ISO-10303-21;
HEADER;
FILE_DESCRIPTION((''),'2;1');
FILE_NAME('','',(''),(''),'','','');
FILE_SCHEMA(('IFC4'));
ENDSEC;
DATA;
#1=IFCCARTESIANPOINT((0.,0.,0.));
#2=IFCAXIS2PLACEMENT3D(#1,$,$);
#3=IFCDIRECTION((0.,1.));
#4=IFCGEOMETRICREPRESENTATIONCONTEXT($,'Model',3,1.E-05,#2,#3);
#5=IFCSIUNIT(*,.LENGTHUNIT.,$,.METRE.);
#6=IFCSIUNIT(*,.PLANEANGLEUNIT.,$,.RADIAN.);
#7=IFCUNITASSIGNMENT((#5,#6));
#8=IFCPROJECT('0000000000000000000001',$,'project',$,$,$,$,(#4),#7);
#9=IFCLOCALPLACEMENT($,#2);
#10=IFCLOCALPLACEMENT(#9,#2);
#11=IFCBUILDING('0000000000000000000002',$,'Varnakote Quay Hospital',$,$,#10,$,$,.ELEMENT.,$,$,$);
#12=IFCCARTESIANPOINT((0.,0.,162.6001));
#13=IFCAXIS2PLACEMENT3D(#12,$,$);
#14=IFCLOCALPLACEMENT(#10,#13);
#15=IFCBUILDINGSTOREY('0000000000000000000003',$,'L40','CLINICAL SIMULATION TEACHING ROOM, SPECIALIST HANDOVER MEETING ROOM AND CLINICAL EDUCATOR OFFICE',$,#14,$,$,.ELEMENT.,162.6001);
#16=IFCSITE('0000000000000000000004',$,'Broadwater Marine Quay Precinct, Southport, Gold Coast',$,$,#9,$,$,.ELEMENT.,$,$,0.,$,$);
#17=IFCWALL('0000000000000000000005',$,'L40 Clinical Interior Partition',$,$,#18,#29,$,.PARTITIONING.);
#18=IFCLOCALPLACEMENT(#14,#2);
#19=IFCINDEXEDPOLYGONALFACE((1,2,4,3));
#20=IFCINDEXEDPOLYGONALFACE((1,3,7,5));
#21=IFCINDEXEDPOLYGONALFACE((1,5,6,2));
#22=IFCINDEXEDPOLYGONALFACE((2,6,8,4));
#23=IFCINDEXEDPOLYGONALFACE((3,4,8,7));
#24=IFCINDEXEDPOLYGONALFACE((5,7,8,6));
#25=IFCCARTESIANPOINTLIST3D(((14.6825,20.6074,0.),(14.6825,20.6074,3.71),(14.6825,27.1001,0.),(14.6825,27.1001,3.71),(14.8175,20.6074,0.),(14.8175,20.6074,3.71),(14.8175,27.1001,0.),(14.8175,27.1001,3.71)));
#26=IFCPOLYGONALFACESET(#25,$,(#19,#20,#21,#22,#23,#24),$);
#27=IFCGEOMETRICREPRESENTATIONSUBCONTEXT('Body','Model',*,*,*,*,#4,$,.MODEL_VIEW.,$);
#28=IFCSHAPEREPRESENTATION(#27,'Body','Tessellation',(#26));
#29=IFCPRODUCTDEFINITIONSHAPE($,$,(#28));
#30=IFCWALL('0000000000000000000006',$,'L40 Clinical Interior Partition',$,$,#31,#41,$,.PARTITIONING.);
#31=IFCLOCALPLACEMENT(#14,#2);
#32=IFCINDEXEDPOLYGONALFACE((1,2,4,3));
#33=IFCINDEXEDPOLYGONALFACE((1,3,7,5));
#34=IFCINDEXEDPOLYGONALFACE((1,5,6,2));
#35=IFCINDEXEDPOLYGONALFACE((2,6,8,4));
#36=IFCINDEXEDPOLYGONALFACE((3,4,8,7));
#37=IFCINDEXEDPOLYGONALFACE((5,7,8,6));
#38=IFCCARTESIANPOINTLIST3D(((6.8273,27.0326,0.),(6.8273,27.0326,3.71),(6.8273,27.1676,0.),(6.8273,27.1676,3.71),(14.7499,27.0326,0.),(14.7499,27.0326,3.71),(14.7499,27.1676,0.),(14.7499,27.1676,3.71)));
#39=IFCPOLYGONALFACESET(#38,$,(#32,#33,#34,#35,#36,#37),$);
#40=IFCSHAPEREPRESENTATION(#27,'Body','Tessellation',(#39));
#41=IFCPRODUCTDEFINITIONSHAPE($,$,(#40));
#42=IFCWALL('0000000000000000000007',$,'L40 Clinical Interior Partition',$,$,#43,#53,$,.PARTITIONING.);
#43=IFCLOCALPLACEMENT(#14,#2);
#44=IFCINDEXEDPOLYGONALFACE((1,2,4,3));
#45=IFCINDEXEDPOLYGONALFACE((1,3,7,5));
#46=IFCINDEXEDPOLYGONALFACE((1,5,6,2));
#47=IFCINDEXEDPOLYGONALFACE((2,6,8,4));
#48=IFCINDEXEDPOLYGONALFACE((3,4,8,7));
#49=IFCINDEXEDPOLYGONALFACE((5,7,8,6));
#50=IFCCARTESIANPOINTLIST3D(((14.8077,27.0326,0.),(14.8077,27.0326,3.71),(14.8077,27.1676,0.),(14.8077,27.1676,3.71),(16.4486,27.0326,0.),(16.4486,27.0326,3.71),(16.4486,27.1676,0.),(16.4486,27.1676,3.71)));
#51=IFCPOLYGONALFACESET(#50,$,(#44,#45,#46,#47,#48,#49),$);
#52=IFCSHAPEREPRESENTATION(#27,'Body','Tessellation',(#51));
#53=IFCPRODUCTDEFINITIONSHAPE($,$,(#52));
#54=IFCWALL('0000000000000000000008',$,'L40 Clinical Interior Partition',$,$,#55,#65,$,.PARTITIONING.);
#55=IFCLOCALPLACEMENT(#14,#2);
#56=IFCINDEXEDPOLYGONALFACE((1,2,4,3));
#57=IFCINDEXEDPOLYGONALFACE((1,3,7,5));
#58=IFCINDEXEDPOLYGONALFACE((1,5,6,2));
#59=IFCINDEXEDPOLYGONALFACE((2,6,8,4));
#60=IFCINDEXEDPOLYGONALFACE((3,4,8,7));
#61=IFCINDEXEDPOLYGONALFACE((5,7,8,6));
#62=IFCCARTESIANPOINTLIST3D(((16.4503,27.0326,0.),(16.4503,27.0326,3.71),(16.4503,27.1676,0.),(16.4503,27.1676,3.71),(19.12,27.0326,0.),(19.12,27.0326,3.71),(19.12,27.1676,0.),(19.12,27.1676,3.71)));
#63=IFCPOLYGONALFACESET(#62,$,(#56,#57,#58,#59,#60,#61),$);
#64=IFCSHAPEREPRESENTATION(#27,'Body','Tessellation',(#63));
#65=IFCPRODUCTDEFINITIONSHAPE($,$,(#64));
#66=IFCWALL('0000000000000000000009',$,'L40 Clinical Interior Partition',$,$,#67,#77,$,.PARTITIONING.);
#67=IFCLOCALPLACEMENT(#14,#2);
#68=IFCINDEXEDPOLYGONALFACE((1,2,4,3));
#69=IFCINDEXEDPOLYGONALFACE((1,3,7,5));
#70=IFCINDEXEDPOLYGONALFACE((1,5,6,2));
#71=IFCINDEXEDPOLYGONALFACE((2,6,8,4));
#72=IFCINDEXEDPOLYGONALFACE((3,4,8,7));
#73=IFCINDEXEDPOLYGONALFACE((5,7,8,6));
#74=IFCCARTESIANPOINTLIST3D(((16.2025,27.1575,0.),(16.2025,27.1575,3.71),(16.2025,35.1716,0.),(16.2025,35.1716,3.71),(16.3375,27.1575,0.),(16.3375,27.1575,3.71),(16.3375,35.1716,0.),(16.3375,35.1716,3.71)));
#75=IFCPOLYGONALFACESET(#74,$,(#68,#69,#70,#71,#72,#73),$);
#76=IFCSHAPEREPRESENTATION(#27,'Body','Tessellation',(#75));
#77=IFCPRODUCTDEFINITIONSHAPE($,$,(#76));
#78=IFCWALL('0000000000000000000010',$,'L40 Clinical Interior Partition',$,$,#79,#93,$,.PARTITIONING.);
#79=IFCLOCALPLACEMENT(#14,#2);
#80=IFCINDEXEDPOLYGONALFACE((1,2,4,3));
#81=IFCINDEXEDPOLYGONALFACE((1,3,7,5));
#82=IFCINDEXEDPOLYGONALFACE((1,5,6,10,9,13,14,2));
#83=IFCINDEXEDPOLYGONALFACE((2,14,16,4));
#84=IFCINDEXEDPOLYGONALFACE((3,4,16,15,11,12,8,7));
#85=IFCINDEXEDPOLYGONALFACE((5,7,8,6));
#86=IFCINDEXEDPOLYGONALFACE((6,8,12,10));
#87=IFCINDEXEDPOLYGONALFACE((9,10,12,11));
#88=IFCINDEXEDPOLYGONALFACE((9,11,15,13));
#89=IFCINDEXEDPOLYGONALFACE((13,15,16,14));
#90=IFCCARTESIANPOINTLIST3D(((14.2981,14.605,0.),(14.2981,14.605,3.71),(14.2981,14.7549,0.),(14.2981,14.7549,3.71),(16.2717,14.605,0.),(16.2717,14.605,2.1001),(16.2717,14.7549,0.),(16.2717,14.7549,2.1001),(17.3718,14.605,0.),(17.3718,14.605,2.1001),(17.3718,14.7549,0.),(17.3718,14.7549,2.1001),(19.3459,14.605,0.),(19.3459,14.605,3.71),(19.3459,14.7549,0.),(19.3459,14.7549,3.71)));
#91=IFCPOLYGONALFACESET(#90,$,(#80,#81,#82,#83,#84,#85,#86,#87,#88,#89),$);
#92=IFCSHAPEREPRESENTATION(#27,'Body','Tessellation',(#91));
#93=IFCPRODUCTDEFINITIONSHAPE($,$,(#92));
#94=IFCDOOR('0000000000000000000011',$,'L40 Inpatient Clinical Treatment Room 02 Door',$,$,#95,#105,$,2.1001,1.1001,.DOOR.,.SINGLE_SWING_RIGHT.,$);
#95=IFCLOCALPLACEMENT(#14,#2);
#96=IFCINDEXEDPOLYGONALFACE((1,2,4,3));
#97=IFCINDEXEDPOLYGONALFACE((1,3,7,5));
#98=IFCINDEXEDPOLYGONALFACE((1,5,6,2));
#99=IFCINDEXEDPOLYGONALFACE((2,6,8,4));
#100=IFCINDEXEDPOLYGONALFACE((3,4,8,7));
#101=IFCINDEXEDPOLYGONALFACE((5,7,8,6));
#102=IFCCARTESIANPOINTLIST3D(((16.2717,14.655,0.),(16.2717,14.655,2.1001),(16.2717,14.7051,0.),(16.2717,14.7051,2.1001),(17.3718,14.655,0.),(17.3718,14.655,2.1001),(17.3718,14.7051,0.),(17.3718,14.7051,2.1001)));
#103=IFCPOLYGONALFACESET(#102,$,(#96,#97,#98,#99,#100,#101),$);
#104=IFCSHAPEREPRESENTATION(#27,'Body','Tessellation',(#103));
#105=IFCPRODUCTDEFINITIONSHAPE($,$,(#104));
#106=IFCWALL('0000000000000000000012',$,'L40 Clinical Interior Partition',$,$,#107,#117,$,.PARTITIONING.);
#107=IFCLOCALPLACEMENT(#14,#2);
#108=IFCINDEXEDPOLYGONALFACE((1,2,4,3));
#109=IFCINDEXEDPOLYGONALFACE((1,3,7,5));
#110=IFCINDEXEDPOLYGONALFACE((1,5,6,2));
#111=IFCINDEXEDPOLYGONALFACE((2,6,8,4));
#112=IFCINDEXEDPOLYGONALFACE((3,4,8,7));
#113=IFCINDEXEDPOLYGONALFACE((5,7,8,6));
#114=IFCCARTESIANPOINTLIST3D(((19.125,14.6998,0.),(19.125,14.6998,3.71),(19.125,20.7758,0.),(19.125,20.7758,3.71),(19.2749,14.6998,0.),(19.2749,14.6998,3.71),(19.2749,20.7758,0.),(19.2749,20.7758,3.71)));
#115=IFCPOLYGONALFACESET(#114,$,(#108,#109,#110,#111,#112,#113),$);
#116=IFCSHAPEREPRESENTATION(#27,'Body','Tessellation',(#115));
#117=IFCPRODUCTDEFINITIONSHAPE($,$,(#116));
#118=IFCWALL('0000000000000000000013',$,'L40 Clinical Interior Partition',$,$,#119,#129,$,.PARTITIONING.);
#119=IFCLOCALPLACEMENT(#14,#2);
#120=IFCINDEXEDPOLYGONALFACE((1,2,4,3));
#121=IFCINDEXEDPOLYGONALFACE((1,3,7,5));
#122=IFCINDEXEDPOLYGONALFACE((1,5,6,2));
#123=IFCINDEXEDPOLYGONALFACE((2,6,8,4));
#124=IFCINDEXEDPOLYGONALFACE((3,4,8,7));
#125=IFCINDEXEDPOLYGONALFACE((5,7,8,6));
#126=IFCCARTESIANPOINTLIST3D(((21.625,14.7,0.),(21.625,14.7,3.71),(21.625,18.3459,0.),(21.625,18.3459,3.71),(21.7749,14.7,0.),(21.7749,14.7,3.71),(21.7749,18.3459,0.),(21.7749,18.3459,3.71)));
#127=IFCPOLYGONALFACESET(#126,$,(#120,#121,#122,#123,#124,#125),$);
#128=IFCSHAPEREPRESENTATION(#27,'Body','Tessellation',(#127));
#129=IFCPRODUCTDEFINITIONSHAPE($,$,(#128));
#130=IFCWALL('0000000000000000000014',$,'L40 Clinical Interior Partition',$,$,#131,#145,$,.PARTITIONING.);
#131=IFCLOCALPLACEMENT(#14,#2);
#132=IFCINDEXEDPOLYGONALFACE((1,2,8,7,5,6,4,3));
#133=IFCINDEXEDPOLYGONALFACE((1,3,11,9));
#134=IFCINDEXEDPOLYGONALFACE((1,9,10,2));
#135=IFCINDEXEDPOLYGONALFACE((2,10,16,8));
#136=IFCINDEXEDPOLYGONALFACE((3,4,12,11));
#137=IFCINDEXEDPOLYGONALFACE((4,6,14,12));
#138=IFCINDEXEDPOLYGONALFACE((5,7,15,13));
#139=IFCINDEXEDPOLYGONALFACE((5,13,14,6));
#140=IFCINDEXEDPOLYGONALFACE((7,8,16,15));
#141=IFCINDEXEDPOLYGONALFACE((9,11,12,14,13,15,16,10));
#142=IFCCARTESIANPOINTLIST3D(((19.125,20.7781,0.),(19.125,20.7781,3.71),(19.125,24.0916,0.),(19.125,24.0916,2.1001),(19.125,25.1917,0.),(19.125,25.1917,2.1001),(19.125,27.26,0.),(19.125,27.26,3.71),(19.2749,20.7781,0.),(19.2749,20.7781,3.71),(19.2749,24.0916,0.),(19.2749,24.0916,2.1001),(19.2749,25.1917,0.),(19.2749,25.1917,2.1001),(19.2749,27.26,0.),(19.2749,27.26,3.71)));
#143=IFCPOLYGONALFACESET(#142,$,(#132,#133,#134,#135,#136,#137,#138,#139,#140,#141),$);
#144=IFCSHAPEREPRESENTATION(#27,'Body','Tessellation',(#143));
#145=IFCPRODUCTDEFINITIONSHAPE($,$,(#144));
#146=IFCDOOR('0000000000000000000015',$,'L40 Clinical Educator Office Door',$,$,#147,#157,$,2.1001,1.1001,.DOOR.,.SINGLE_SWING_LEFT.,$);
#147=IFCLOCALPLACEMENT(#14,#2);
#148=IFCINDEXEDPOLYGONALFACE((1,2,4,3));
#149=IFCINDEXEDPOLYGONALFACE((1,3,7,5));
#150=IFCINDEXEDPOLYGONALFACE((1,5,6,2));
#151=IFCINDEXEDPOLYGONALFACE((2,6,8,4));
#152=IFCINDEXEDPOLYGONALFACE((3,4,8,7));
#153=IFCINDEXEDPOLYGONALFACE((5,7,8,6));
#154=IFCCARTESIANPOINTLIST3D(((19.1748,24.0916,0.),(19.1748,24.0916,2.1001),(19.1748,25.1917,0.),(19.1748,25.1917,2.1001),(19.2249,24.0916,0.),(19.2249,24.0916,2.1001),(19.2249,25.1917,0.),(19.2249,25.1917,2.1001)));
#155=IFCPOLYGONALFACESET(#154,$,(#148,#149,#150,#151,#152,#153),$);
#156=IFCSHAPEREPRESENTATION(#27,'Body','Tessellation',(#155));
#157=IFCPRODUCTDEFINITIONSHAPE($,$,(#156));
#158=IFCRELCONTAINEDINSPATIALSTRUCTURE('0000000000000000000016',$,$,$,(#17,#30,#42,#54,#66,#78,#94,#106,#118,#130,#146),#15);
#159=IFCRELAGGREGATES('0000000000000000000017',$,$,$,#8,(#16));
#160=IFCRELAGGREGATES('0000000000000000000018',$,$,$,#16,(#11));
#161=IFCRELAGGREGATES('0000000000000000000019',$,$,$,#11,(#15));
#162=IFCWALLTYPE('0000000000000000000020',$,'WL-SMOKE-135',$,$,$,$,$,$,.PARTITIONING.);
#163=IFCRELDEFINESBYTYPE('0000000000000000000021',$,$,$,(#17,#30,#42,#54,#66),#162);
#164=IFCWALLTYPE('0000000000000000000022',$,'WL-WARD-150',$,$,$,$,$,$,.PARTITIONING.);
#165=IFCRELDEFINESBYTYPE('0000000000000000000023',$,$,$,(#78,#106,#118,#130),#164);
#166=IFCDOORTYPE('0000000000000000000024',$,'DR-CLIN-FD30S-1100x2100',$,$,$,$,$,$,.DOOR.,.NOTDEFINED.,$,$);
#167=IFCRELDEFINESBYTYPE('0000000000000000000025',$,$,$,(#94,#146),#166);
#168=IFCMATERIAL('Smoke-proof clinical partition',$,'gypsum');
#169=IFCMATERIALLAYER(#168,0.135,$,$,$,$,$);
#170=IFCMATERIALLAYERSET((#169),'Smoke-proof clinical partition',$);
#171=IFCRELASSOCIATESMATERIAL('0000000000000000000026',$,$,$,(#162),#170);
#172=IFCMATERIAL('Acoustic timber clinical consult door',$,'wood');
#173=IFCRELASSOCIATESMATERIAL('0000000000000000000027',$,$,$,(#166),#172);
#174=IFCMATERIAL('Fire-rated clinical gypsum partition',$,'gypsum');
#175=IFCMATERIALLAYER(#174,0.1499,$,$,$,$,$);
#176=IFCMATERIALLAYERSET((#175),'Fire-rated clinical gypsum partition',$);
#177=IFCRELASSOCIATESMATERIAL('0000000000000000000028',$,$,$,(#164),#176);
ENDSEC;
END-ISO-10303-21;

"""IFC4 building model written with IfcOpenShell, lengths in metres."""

from ifc_helpers import new_model, si_unit, direction, frame, frame_2d, origin, place, context, subcontext, project, spatial, rectangle, extrude, material, layer, layer_set, type_object, element, fill, save


model = new_model("IFC4")

# Units and contexts
model_context = context("Model", 3, precision=1e-05, world=origin(), true_north=direction((0.0, 1.0)))
body_context = subcontext(model_context, "Body", "Model", "MODEL_VIEW")
ifc_project = project(units=[si_unit("LENGTHUNIT", "METRE"), si_unit("PLANEANGLEUNIT", "RADIAN")], contexts=[model_context])

# Site, building, storey
site_placement = place(None, origin())
site = spatial("IfcSite", under=ifc_project, at=site_placement, Name="Broadwater Marine Quay Precinct, Southport, Gold Coast", CompositionType="ELEMENT", RefElevation=0.0)
building_placement = place(site_placement, origin())
building = spatial("IfcBuilding", under=site, at=building_placement, Name="Varnakote Quay Hospital", CompositionType="ELEMENT")
storey_placement = place(building_placement, frame((0.0, 0.0, 162.6001)))
storey = spatial("IfcBuildingStorey", under=building, at=storey_placement, Name="L40", Description="CLINICAL SIMULATION TEACHING ROOM, SPECIALIST HANDOVER MEETING ROOM AND CLINICAL EDUCATOR OFFICE", CompositionType="ELEMENT", Elevation=162.6001)

# Shared definitions
ifc_material_1 = material(Name="Smoke-proof clinical partition", Category="gypsum")
ifc_layer_1 = layer(ifc_material_1, 0.135)
ifc_layer_set_1 = layer_set([ifc_layer_1], Name="Smoke-proof clinical partition")
wall_type_1 = type_object("IfcWallType", Name="WL-SMOKE-135", PredefinedType="PARTITIONING", material=ifc_layer_set_1)

# Shared definitions
ifc_material_2 = material(Name="Acoustic timber clinical consult door", Category="wood")
door_type_1 = type_object("IfcDoorType", Name="DR-CLIN-FD30S-1100x2100", OperationType="NOTDEFINED", PredefinedType="DOOR", material=ifc_material_2)

# Walls
wall_1_placement = place(storey_placement, frame((14.75, 20.6074, 0.0), z_axis=(0.0, 0.0, 1.0), x_axis=(0.0, 1.0, 0.0)))
element("IfcWall", 1, at=wall_1_placement, inside=storey, type_object=wall_type_1, Name="L40 Clinical Interior Partition", PredefinedType="PARTITIONING", context=body_context, shape_type="SweptSolid", body=[
    extrude(rectangle(XDim=6.4927, YDim=0.135, at=frame_2d((3.2463, 0.0))), origin(), (0.0, 0.0, 1.0), 3.71),
])
wall_2_placement = place(storey_placement, frame((14.75, 27.1001, 0.0), z_axis=(0.0, 0.0, 1.0), x_axis=(-1.0, 0.0, 0.0)))
element("IfcWall", 2, at=wall_2_placement, inside=storey, type_object=wall_type_1, Name="L40 Clinical Interior Partition", PredefinedType="PARTITIONING", context=body_context, shape_type="SweptSolid", body=[
    extrude(rectangle(XDim=7.9226, YDim=0.135, at=frame_2d((3.9614, 0.0))), origin(), (0.0, 0.0, 1.0), 3.71),
])
wall_3_placement = place(storey_placement, frame((16.4485, 27.1001, 0.0), z_axis=(0.0, 0.0, 1.0), x_axis=(-1.0, 0.0, 0.0)))
element("IfcWall", 3, at=wall_3_placement, inside=storey, type_object=wall_type_1, Name="L40 Clinical Interior Partition", PredefinedType="PARTITIONING", context=body_context, shape_type="SweptSolid", body=[
    extrude(rectangle(XDim=1.6409, YDim=0.135, at=frame_2d((0.8203, 0.0))), origin(), (0.0, 0.0, 1.0), 3.71),
])
wall_4_placement = place(storey_placement, frame((19.1201, 27.1001, 0.0), z_axis=(0.0, 0.0, 1.0), x_axis=(-1.0, 0.0, 0.0)))
element("IfcWall", 4, at=wall_4_placement, inside=storey, type_object=wall_type_1, Name="L40 Clinical Interior Partition", PredefinedType="PARTITIONING", context=body_context, shape_type="SweptSolid", body=[
    extrude(rectangle(XDim=2.6697, YDim=0.135, at=frame_2d((1.335, 0.0))), origin(), (0.0, 0.0, 1.0), 3.71),
])
wall_5_placement = place(storey_placement, frame((16.27, 27.1575, 0.0), z_axis=(0.0, 0.0, 1.0), x_axis=(0.0, 1.0, 0.0)))
element("IfcWall", 5, at=wall_5_placement, inside=storey, type_object=wall_type_1, Name="L40 Clinical Interior Partition", PredefinedType="PARTITIONING", context=body_context, shape_type="SweptSolid", body=[
    extrude(rectangle(XDim=8.0142, YDim=0.135, at=frame_2d((4.0071, 0.0))), origin(), (0.0, 0.0, 1.0), 3.71),
])

# Wall, opening, door
ifc_material_3 = material(Name="Fire-rated clinical gypsum partition", Category="gypsum")
ifc_layer_2 = layer(ifc_material_3, 0.1499)
ifc_layer_set_2 = layer_set([ifc_layer_2], Name="Fire-rated clinical gypsum partition")
wall_type_2 = type_object("IfcWallType", Name="WL-WARD-150", PredefinedType="PARTITIONING", material=ifc_layer_set_2)
wall_6_placement = place(storey_placement, frame((19.3459, 14.6799, 0.0), z_axis=(0.0, 0.0, 1.0), x_axis=(-1.0, 0.0, 0.0)))
wall_6 = element("IfcWall", 6, at=wall_6_placement, inside=storey, type_object=wall_type_2, Name="L40 Clinical Interior Partition", PredefinedType="PARTITIONING", context=body_context, shape_type="SweptSolid", body=[
    extrude(rectangle(XDim=5.0479, YDim=0.1499, at=frame_2d((2.5239, 0.0))), origin(), (0.0, 0.0, 1.0), 3.71),
])
opening_1_placement = place(wall_6_placement, frame((1.9741, 0.0, 0.0)))
opening_1 = element("IfcOpeningElement", 7, at=opening_1_placement, cuts=wall_6, PredefinedType="OPENING", context=body_context, shape_type="SweptSolid", body=[
    extrude(rectangle(XDim=1.1001, YDim=2.1001, at=frame_2d((0.55, 1.05))), frame((0.0, 0.085, 0.0), z_axis=(0.0, -1.0, 0.0), x_axis=(1.0, 0.0, 0.0)), (0.0, 0.0, 1.0), 0.1699),
])
door_1_placement = place(opening_1_placement, origin())
door_1 = element("IfcDoor", 8, at=door_1_placement, inside=storey, type_object=door_type_1, Name="L40 Inpatient Clinical Treatment Room 02 Door", OperationType="SINGLE_SWING_RIGHT", OverallHeight=2.1001, OverallWidth=1.1001, PredefinedType="DOOR", context=body_context, shape_type="SweptSolid", body=[
    extrude(rectangle(XDim=1.1001, YDim=2.1001, at=frame_2d((0.55, 1.05))), frame((0.0, 0.0249, 0.0), z_axis=(0.0, -1.0, 0.0), x_axis=(1.0, 0.0, 0.0)), (0.0, 0.0, 1.0), 0.05),
])
fill(opening_1, door_1)

# Walls
wall_7_placement = place(storey_placement, frame((19.2, 20.7759, 0.0), z_axis=(0.0, 0.0, 1.0), x_axis=(0.0, -1.0, 0.0)))
element("IfcWall", 9, at=wall_7_placement, inside=storey, type_object=wall_type_2, Name="L40 Clinical Interior Partition", PredefinedType="PARTITIONING", context=body_context, shape_type="SweptSolid", body=[
    extrude(rectangle(XDim=6.0759, YDim=0.1499, at=frame_2d((3.0381, 0.0))), origin(), (0.0, 0.0, 1.0), 3.71),
])
wall_8_placement = place(storey_placement, frame((21.7, 14.7, 0.0), z_axis=(0.0, 0.0, 1.0), x_axis=(0.0, 1.0, 0.0)))
element("IfcWall", 10, at=wall_8_placement, inside=storey, type_object=wall_type_2, Name="L40 Clinical Interior Partition", PredefinedType="PARTITIONING", context=body_context, shape_type="SweptSolid", body=[
    extrude(rectangle(XDim=3.646, YDim=0.1499, at=frame_2d((1.823, 0.0))), origin(), (0.0, 0.0, 1.0), 3.71),
])

# Wall, opening, door
wall_9_placement = place(storey_placement, frame((19.2, 27.26, 0.0), z_axis=(0.0, 0.0, 1.0), x_axis=(0.0, -1.0, 0.0)))
wall_9 = element("IfcWall", 11, at=wall_9_placement, inside=storey, type_object=wall_type_2, Name="L40 Clinical Interior Partition", PredefinedType="PARTITIONING", context=body_context, shape_type="SweptSolid", body=[
    extrude(rectangle(XDim=6.4819, YDim=0.1499, at=frame_2d((3.241, 0.0))), origin(), (0.0, 0.0, 1.0), 3.71),
])
opening_2_placement = place(wall_9_placement, frame((2.0684, 0.0, 0.0)))
opening_2 = element("IfcOpeningElement", 12, at=opening_2_placement, cuts=wall_9, PredefinedType="OPENING", context=body_context, shape_type="SweptSolid", body=[
    extrude(rectangle(XDim=1.1001, YDim=2.1001, at=frame_2d((0.55, 1.05))), frame((0.0, 0.085, 0.0), z_axis=(0.0, -1.0, 0.0), x_axis=(1.0, 0.0, 0.0)), (0.0, 0.0, 1.0), 0.1699),
])
door_2_placement = place(opening_2_placement, origin())
door_2 = element("IfcDoor", 13, at=door_2_placement, inside=storey, type_object=door_type_1, Name="L40 Clinical Educator Office Door", OperationType="SINGLE_SWING_LEFT", OverallHeight=2.1001, OverallWidth=1.1001, PredefinedType="DOOR", context=body_context, shape_type="SweptSolid", body=[
    extrude(rectangle(XDim=1.1001, YDim=2.1001, at=frame_2d((0.55, 1.05))), frame((0.0, 0.0249, 0.0), z_axis=(0.0, -1.0, 0.0), x_axis=(1.0, 0.0, 0.0)), (0.0, 0.0, 1.0), 0.05),
])
fill(opening_2, door_2)

save(model, "model.ifc")
